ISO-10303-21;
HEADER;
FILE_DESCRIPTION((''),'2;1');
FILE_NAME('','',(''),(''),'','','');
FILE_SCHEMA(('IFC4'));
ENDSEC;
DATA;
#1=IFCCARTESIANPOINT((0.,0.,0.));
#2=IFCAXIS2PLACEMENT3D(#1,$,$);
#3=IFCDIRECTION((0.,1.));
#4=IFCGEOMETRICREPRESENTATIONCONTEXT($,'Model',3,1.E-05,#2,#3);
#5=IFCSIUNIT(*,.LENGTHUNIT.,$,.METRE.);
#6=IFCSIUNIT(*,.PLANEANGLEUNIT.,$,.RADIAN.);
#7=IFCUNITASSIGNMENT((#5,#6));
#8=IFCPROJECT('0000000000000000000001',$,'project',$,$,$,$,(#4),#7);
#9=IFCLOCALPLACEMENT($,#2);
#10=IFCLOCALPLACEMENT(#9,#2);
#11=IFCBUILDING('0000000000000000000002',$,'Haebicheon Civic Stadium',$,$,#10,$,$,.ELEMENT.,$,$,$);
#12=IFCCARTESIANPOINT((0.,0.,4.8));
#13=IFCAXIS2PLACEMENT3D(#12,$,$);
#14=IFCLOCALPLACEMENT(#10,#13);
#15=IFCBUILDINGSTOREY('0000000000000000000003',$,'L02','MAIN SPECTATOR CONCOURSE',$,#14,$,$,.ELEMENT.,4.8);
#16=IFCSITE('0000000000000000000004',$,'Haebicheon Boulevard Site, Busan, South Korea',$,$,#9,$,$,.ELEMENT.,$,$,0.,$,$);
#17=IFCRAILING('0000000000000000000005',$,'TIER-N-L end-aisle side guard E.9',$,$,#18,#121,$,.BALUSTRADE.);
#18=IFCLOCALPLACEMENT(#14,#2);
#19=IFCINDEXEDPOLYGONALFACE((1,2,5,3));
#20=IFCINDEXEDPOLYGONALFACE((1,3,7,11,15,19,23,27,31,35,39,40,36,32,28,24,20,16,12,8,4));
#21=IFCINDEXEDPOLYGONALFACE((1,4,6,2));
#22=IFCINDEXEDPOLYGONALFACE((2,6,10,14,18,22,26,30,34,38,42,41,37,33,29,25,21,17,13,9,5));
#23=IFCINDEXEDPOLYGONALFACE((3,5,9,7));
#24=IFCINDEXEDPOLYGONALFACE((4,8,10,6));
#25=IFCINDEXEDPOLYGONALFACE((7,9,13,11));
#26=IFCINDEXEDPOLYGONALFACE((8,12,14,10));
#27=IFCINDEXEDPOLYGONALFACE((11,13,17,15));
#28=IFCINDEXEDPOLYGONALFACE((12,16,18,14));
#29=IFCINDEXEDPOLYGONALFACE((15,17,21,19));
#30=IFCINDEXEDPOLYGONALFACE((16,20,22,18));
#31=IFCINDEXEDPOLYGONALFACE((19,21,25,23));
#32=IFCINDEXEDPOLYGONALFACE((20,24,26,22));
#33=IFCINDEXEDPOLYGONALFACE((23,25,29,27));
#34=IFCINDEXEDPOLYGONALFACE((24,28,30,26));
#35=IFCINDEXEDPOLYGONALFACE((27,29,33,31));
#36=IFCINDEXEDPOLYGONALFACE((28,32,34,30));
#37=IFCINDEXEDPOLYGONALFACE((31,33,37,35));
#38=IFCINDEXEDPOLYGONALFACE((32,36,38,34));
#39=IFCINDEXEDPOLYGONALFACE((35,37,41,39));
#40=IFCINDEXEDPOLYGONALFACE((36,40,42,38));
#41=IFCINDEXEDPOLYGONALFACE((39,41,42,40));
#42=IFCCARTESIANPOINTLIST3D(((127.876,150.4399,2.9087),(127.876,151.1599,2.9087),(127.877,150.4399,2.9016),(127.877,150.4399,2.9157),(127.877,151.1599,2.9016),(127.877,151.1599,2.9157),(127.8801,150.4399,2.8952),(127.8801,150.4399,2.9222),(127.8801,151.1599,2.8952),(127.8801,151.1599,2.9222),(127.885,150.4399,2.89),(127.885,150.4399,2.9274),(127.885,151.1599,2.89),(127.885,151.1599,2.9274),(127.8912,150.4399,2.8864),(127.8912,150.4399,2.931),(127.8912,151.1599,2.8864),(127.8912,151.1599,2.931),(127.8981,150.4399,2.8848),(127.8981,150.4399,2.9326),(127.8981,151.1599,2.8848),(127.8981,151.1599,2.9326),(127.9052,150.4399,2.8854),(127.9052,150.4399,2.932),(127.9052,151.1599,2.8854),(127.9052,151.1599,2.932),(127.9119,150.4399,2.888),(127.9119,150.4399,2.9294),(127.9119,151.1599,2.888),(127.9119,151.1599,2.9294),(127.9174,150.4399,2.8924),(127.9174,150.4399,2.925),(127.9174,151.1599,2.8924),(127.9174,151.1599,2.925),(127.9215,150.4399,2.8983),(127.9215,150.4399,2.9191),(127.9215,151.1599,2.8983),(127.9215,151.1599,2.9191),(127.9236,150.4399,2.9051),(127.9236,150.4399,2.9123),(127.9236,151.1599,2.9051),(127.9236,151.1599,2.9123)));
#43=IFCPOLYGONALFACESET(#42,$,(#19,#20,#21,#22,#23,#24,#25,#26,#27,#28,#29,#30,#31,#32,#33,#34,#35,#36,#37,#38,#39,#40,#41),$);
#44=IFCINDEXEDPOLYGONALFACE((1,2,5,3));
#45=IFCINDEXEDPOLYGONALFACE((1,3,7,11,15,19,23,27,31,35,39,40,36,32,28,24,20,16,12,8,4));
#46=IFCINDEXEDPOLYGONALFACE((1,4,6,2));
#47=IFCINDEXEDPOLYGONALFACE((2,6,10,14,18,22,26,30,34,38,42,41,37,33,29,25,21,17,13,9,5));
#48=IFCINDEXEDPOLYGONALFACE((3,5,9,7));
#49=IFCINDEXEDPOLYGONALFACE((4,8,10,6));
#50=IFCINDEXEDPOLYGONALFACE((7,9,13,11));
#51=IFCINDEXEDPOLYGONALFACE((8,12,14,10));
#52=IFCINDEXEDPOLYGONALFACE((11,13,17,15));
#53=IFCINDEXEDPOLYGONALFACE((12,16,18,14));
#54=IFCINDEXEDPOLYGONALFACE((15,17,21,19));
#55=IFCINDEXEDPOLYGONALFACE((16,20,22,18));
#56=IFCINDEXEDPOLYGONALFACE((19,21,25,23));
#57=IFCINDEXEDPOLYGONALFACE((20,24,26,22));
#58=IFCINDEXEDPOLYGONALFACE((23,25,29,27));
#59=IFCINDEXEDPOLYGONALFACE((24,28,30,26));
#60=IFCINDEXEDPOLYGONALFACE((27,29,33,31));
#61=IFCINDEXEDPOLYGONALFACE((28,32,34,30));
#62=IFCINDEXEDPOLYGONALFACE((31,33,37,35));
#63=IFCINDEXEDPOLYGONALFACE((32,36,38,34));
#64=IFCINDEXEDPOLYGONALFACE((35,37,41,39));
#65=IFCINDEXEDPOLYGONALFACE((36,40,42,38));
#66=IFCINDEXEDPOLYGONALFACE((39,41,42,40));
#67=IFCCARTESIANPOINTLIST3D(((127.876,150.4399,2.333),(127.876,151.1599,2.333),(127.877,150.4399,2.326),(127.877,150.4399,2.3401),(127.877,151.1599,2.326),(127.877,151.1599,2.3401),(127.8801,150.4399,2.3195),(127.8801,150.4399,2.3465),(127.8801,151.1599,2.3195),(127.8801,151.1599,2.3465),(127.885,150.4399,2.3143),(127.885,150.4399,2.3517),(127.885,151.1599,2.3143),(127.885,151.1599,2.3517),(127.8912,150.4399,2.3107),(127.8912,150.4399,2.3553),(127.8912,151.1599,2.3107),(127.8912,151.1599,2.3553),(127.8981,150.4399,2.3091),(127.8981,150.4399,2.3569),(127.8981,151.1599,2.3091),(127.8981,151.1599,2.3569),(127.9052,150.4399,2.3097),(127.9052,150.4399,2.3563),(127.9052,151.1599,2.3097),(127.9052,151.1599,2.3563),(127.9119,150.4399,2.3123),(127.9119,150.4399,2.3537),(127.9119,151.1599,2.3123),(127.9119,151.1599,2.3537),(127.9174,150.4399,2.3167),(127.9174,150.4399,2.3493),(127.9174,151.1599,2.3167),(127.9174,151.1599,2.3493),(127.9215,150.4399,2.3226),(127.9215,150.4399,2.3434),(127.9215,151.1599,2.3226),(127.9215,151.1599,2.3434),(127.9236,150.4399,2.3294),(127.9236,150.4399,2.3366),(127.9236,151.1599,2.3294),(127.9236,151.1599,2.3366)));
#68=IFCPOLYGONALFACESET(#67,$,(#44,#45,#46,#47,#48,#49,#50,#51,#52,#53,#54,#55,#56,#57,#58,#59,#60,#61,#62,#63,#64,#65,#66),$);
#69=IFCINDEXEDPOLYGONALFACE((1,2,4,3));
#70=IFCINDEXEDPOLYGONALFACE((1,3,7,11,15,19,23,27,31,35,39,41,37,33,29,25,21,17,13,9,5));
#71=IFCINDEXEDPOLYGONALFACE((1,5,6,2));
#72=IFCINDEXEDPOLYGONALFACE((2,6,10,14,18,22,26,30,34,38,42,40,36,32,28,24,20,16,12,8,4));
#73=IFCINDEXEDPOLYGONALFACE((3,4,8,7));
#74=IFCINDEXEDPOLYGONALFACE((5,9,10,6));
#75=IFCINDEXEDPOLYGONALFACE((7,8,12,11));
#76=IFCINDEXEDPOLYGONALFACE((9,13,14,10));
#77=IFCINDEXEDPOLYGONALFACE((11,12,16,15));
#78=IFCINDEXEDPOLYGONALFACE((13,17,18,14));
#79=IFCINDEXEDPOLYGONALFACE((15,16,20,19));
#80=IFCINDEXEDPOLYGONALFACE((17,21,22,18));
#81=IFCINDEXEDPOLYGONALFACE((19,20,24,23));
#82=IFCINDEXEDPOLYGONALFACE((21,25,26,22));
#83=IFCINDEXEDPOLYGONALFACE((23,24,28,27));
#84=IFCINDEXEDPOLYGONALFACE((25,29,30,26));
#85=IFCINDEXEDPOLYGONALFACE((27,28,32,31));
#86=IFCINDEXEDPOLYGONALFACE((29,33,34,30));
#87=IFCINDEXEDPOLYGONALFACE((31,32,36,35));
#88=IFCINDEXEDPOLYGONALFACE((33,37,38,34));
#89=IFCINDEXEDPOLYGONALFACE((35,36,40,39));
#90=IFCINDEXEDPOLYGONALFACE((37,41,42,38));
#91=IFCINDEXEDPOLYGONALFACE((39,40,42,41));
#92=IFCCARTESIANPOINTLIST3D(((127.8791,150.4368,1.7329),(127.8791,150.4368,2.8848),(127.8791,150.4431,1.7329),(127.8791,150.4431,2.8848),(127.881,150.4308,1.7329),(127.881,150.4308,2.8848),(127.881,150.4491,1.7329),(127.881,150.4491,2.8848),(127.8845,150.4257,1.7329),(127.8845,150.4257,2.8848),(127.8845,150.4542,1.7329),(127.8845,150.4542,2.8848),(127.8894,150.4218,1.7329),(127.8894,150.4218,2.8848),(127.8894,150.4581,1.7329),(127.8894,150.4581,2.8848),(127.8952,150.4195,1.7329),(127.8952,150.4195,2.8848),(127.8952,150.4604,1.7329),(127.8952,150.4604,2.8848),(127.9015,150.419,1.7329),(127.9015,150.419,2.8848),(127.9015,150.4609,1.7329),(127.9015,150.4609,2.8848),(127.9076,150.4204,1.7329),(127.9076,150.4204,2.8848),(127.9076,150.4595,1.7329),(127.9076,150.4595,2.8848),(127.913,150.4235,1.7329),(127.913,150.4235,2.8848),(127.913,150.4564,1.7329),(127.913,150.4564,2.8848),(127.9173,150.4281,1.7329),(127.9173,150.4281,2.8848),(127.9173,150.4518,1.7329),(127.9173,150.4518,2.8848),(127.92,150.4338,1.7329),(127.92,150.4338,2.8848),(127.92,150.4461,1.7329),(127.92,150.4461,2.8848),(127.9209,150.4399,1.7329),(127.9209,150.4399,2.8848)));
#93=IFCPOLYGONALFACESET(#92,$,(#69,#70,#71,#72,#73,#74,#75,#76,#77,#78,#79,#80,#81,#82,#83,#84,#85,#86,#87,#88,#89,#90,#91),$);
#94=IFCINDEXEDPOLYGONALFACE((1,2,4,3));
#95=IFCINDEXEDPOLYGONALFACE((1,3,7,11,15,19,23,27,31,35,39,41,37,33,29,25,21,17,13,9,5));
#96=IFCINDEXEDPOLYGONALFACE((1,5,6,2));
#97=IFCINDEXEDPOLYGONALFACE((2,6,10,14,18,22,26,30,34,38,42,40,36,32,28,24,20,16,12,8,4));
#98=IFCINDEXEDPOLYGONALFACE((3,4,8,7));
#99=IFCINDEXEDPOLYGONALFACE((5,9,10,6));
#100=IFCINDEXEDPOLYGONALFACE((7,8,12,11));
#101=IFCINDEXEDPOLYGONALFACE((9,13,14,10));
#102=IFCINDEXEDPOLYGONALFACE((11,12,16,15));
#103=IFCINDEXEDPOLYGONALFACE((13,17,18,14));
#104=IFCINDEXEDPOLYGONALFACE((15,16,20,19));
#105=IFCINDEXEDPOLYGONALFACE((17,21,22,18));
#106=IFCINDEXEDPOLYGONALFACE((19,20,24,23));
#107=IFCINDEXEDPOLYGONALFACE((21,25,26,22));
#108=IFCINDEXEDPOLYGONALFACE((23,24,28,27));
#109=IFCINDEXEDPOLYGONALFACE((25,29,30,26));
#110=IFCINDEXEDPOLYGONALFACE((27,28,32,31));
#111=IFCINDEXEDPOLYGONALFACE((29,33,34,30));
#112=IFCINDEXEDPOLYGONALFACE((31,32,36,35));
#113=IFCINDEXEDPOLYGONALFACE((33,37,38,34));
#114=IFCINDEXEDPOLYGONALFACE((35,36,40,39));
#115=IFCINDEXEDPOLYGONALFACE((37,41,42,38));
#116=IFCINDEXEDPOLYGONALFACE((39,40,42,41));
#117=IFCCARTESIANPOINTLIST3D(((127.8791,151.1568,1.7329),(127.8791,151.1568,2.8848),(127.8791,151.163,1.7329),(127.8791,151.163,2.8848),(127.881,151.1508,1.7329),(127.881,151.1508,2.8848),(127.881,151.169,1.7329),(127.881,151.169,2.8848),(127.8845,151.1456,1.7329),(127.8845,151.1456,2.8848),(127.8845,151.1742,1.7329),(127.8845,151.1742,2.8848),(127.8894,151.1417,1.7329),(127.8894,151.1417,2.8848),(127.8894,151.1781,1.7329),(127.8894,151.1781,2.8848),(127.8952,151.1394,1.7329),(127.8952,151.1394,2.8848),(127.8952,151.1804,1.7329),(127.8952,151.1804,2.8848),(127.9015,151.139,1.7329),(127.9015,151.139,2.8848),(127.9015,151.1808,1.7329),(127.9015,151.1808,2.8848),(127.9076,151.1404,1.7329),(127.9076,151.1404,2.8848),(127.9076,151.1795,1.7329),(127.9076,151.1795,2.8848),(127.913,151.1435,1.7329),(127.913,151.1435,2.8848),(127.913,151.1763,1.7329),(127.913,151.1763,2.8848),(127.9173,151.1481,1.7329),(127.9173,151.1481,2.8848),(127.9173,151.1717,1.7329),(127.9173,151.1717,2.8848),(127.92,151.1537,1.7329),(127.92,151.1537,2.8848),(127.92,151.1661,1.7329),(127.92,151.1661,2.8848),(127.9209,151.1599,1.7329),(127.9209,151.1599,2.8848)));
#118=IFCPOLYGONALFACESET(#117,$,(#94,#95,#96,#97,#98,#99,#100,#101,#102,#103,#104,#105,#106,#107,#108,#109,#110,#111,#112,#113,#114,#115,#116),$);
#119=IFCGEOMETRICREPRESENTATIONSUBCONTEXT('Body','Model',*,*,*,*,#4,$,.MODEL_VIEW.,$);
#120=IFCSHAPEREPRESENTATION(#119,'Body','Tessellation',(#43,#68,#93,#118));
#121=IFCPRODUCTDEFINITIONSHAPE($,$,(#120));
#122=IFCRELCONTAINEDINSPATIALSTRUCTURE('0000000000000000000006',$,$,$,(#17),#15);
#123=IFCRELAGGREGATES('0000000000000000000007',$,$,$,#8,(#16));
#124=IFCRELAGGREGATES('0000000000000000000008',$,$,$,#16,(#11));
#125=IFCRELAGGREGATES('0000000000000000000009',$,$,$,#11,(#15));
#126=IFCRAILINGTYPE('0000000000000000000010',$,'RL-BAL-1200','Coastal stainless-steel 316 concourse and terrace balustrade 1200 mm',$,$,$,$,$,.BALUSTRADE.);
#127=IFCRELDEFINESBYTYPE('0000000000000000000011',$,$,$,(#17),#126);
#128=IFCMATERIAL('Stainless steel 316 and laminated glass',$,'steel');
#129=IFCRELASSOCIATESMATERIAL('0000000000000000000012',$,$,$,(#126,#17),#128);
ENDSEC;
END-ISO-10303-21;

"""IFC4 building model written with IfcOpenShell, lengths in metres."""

from ifc_helpers import new_model, si_unit, direction, frame, origin, origin_2d, place, context, subcontext, project, spatial, circle, extrude, material, type_object, element, save


model = new_model("IFC4")

# Units and contexts
model_context = context("Model", 3, precision=1e-05, world=origin(), true_north=direction((0.0, 1.0)))
body_context = subcontext(model_context, "Body", "Model", "MODEL_VIEW")
ifc_project = project(units=[si_unit("LENGTHUNIT", "METRE"), si_unit("PLANEANGLEUNIT", "RADIAN")], contexts=[model_context])

# Site, building, storey
site_placement = place(None, origin())
site = spatial("IfcSite", under=ifc_project, at=site_placement, Name="Haebicheon Boulevard Site, Busan, South Korea", CompositionType="ELEMENT", RefElevation=0.0)
building_placement = place(site_placement, origin())
building = spatial("IfcBuilding", under=site, at=building_placement, Name="Haebicheon Civic Stadium", CompositionType="ELEMENT")
storey_placement = place(building_placement, frame((0.0, 0.0, 4.8)))
storey = spatial("IfcBuildingStorey", under=building, at=storey_placement, Name="L02", Description="MAIN SPECTATOR CONCOURSE", CompositionType="ELEMENT", Elevation=4.8)

# Railing
ifc_material_1 = material(Name="Stainless steel 316 and laminated glass", Category="steel")
railing_type = type_object("IfcRailingType", Name="RL-BAL-1200", Description="Coastal stainless-steel 316 concourse and terrace balustrade 1200 mm", PredefinedType="BALUSTRADE", material=ifc_material_1)
for number, where, name in (
    (1, (127.8999, 150.4399, 1.7329), "TIER-N-L end-aisle side guard E.9"),
):
    element("IfcRailing", number, at=place(storey_placement, frame(where)), inside=storey, type_object=railing_type, material=ifc_material_1, Name=name, PredefinedType="BALUSTRADE", context=body_context, shape_type="SweptSolid", body=[
        extrude(circle(Radius=0.0239, at=origin_2d()), frame((0.0, 0.0, 1.1758), z_axis=(0.0, 1.0, 0.0), x_axis=(-1.0, 0.0, 0.0)), (0.0, 0.0, 1.0), 0.72),
        extrude(circle(Radius=0.0239, at=origin_2d()), frame((0.0, 0.0, 0.6001), z_axis=(0.0, 1.0, 0.0), x_axis=(-1.0, 0.0, 0.0)), (0.0, 0.0, 1.0), 0.72),
        extrude(circle(Radius=0.021, at=origin_2d()), origin(), (0.0, 0.0, 1.0), 1.1519),
        extrude(circle(Radius=0.021, at=origin_2d()), frame((0.0, 0.72, 0.0)), (0.0, 0.0, 1.0), 1.1519),
    ])

save(model, "model.ifc")
